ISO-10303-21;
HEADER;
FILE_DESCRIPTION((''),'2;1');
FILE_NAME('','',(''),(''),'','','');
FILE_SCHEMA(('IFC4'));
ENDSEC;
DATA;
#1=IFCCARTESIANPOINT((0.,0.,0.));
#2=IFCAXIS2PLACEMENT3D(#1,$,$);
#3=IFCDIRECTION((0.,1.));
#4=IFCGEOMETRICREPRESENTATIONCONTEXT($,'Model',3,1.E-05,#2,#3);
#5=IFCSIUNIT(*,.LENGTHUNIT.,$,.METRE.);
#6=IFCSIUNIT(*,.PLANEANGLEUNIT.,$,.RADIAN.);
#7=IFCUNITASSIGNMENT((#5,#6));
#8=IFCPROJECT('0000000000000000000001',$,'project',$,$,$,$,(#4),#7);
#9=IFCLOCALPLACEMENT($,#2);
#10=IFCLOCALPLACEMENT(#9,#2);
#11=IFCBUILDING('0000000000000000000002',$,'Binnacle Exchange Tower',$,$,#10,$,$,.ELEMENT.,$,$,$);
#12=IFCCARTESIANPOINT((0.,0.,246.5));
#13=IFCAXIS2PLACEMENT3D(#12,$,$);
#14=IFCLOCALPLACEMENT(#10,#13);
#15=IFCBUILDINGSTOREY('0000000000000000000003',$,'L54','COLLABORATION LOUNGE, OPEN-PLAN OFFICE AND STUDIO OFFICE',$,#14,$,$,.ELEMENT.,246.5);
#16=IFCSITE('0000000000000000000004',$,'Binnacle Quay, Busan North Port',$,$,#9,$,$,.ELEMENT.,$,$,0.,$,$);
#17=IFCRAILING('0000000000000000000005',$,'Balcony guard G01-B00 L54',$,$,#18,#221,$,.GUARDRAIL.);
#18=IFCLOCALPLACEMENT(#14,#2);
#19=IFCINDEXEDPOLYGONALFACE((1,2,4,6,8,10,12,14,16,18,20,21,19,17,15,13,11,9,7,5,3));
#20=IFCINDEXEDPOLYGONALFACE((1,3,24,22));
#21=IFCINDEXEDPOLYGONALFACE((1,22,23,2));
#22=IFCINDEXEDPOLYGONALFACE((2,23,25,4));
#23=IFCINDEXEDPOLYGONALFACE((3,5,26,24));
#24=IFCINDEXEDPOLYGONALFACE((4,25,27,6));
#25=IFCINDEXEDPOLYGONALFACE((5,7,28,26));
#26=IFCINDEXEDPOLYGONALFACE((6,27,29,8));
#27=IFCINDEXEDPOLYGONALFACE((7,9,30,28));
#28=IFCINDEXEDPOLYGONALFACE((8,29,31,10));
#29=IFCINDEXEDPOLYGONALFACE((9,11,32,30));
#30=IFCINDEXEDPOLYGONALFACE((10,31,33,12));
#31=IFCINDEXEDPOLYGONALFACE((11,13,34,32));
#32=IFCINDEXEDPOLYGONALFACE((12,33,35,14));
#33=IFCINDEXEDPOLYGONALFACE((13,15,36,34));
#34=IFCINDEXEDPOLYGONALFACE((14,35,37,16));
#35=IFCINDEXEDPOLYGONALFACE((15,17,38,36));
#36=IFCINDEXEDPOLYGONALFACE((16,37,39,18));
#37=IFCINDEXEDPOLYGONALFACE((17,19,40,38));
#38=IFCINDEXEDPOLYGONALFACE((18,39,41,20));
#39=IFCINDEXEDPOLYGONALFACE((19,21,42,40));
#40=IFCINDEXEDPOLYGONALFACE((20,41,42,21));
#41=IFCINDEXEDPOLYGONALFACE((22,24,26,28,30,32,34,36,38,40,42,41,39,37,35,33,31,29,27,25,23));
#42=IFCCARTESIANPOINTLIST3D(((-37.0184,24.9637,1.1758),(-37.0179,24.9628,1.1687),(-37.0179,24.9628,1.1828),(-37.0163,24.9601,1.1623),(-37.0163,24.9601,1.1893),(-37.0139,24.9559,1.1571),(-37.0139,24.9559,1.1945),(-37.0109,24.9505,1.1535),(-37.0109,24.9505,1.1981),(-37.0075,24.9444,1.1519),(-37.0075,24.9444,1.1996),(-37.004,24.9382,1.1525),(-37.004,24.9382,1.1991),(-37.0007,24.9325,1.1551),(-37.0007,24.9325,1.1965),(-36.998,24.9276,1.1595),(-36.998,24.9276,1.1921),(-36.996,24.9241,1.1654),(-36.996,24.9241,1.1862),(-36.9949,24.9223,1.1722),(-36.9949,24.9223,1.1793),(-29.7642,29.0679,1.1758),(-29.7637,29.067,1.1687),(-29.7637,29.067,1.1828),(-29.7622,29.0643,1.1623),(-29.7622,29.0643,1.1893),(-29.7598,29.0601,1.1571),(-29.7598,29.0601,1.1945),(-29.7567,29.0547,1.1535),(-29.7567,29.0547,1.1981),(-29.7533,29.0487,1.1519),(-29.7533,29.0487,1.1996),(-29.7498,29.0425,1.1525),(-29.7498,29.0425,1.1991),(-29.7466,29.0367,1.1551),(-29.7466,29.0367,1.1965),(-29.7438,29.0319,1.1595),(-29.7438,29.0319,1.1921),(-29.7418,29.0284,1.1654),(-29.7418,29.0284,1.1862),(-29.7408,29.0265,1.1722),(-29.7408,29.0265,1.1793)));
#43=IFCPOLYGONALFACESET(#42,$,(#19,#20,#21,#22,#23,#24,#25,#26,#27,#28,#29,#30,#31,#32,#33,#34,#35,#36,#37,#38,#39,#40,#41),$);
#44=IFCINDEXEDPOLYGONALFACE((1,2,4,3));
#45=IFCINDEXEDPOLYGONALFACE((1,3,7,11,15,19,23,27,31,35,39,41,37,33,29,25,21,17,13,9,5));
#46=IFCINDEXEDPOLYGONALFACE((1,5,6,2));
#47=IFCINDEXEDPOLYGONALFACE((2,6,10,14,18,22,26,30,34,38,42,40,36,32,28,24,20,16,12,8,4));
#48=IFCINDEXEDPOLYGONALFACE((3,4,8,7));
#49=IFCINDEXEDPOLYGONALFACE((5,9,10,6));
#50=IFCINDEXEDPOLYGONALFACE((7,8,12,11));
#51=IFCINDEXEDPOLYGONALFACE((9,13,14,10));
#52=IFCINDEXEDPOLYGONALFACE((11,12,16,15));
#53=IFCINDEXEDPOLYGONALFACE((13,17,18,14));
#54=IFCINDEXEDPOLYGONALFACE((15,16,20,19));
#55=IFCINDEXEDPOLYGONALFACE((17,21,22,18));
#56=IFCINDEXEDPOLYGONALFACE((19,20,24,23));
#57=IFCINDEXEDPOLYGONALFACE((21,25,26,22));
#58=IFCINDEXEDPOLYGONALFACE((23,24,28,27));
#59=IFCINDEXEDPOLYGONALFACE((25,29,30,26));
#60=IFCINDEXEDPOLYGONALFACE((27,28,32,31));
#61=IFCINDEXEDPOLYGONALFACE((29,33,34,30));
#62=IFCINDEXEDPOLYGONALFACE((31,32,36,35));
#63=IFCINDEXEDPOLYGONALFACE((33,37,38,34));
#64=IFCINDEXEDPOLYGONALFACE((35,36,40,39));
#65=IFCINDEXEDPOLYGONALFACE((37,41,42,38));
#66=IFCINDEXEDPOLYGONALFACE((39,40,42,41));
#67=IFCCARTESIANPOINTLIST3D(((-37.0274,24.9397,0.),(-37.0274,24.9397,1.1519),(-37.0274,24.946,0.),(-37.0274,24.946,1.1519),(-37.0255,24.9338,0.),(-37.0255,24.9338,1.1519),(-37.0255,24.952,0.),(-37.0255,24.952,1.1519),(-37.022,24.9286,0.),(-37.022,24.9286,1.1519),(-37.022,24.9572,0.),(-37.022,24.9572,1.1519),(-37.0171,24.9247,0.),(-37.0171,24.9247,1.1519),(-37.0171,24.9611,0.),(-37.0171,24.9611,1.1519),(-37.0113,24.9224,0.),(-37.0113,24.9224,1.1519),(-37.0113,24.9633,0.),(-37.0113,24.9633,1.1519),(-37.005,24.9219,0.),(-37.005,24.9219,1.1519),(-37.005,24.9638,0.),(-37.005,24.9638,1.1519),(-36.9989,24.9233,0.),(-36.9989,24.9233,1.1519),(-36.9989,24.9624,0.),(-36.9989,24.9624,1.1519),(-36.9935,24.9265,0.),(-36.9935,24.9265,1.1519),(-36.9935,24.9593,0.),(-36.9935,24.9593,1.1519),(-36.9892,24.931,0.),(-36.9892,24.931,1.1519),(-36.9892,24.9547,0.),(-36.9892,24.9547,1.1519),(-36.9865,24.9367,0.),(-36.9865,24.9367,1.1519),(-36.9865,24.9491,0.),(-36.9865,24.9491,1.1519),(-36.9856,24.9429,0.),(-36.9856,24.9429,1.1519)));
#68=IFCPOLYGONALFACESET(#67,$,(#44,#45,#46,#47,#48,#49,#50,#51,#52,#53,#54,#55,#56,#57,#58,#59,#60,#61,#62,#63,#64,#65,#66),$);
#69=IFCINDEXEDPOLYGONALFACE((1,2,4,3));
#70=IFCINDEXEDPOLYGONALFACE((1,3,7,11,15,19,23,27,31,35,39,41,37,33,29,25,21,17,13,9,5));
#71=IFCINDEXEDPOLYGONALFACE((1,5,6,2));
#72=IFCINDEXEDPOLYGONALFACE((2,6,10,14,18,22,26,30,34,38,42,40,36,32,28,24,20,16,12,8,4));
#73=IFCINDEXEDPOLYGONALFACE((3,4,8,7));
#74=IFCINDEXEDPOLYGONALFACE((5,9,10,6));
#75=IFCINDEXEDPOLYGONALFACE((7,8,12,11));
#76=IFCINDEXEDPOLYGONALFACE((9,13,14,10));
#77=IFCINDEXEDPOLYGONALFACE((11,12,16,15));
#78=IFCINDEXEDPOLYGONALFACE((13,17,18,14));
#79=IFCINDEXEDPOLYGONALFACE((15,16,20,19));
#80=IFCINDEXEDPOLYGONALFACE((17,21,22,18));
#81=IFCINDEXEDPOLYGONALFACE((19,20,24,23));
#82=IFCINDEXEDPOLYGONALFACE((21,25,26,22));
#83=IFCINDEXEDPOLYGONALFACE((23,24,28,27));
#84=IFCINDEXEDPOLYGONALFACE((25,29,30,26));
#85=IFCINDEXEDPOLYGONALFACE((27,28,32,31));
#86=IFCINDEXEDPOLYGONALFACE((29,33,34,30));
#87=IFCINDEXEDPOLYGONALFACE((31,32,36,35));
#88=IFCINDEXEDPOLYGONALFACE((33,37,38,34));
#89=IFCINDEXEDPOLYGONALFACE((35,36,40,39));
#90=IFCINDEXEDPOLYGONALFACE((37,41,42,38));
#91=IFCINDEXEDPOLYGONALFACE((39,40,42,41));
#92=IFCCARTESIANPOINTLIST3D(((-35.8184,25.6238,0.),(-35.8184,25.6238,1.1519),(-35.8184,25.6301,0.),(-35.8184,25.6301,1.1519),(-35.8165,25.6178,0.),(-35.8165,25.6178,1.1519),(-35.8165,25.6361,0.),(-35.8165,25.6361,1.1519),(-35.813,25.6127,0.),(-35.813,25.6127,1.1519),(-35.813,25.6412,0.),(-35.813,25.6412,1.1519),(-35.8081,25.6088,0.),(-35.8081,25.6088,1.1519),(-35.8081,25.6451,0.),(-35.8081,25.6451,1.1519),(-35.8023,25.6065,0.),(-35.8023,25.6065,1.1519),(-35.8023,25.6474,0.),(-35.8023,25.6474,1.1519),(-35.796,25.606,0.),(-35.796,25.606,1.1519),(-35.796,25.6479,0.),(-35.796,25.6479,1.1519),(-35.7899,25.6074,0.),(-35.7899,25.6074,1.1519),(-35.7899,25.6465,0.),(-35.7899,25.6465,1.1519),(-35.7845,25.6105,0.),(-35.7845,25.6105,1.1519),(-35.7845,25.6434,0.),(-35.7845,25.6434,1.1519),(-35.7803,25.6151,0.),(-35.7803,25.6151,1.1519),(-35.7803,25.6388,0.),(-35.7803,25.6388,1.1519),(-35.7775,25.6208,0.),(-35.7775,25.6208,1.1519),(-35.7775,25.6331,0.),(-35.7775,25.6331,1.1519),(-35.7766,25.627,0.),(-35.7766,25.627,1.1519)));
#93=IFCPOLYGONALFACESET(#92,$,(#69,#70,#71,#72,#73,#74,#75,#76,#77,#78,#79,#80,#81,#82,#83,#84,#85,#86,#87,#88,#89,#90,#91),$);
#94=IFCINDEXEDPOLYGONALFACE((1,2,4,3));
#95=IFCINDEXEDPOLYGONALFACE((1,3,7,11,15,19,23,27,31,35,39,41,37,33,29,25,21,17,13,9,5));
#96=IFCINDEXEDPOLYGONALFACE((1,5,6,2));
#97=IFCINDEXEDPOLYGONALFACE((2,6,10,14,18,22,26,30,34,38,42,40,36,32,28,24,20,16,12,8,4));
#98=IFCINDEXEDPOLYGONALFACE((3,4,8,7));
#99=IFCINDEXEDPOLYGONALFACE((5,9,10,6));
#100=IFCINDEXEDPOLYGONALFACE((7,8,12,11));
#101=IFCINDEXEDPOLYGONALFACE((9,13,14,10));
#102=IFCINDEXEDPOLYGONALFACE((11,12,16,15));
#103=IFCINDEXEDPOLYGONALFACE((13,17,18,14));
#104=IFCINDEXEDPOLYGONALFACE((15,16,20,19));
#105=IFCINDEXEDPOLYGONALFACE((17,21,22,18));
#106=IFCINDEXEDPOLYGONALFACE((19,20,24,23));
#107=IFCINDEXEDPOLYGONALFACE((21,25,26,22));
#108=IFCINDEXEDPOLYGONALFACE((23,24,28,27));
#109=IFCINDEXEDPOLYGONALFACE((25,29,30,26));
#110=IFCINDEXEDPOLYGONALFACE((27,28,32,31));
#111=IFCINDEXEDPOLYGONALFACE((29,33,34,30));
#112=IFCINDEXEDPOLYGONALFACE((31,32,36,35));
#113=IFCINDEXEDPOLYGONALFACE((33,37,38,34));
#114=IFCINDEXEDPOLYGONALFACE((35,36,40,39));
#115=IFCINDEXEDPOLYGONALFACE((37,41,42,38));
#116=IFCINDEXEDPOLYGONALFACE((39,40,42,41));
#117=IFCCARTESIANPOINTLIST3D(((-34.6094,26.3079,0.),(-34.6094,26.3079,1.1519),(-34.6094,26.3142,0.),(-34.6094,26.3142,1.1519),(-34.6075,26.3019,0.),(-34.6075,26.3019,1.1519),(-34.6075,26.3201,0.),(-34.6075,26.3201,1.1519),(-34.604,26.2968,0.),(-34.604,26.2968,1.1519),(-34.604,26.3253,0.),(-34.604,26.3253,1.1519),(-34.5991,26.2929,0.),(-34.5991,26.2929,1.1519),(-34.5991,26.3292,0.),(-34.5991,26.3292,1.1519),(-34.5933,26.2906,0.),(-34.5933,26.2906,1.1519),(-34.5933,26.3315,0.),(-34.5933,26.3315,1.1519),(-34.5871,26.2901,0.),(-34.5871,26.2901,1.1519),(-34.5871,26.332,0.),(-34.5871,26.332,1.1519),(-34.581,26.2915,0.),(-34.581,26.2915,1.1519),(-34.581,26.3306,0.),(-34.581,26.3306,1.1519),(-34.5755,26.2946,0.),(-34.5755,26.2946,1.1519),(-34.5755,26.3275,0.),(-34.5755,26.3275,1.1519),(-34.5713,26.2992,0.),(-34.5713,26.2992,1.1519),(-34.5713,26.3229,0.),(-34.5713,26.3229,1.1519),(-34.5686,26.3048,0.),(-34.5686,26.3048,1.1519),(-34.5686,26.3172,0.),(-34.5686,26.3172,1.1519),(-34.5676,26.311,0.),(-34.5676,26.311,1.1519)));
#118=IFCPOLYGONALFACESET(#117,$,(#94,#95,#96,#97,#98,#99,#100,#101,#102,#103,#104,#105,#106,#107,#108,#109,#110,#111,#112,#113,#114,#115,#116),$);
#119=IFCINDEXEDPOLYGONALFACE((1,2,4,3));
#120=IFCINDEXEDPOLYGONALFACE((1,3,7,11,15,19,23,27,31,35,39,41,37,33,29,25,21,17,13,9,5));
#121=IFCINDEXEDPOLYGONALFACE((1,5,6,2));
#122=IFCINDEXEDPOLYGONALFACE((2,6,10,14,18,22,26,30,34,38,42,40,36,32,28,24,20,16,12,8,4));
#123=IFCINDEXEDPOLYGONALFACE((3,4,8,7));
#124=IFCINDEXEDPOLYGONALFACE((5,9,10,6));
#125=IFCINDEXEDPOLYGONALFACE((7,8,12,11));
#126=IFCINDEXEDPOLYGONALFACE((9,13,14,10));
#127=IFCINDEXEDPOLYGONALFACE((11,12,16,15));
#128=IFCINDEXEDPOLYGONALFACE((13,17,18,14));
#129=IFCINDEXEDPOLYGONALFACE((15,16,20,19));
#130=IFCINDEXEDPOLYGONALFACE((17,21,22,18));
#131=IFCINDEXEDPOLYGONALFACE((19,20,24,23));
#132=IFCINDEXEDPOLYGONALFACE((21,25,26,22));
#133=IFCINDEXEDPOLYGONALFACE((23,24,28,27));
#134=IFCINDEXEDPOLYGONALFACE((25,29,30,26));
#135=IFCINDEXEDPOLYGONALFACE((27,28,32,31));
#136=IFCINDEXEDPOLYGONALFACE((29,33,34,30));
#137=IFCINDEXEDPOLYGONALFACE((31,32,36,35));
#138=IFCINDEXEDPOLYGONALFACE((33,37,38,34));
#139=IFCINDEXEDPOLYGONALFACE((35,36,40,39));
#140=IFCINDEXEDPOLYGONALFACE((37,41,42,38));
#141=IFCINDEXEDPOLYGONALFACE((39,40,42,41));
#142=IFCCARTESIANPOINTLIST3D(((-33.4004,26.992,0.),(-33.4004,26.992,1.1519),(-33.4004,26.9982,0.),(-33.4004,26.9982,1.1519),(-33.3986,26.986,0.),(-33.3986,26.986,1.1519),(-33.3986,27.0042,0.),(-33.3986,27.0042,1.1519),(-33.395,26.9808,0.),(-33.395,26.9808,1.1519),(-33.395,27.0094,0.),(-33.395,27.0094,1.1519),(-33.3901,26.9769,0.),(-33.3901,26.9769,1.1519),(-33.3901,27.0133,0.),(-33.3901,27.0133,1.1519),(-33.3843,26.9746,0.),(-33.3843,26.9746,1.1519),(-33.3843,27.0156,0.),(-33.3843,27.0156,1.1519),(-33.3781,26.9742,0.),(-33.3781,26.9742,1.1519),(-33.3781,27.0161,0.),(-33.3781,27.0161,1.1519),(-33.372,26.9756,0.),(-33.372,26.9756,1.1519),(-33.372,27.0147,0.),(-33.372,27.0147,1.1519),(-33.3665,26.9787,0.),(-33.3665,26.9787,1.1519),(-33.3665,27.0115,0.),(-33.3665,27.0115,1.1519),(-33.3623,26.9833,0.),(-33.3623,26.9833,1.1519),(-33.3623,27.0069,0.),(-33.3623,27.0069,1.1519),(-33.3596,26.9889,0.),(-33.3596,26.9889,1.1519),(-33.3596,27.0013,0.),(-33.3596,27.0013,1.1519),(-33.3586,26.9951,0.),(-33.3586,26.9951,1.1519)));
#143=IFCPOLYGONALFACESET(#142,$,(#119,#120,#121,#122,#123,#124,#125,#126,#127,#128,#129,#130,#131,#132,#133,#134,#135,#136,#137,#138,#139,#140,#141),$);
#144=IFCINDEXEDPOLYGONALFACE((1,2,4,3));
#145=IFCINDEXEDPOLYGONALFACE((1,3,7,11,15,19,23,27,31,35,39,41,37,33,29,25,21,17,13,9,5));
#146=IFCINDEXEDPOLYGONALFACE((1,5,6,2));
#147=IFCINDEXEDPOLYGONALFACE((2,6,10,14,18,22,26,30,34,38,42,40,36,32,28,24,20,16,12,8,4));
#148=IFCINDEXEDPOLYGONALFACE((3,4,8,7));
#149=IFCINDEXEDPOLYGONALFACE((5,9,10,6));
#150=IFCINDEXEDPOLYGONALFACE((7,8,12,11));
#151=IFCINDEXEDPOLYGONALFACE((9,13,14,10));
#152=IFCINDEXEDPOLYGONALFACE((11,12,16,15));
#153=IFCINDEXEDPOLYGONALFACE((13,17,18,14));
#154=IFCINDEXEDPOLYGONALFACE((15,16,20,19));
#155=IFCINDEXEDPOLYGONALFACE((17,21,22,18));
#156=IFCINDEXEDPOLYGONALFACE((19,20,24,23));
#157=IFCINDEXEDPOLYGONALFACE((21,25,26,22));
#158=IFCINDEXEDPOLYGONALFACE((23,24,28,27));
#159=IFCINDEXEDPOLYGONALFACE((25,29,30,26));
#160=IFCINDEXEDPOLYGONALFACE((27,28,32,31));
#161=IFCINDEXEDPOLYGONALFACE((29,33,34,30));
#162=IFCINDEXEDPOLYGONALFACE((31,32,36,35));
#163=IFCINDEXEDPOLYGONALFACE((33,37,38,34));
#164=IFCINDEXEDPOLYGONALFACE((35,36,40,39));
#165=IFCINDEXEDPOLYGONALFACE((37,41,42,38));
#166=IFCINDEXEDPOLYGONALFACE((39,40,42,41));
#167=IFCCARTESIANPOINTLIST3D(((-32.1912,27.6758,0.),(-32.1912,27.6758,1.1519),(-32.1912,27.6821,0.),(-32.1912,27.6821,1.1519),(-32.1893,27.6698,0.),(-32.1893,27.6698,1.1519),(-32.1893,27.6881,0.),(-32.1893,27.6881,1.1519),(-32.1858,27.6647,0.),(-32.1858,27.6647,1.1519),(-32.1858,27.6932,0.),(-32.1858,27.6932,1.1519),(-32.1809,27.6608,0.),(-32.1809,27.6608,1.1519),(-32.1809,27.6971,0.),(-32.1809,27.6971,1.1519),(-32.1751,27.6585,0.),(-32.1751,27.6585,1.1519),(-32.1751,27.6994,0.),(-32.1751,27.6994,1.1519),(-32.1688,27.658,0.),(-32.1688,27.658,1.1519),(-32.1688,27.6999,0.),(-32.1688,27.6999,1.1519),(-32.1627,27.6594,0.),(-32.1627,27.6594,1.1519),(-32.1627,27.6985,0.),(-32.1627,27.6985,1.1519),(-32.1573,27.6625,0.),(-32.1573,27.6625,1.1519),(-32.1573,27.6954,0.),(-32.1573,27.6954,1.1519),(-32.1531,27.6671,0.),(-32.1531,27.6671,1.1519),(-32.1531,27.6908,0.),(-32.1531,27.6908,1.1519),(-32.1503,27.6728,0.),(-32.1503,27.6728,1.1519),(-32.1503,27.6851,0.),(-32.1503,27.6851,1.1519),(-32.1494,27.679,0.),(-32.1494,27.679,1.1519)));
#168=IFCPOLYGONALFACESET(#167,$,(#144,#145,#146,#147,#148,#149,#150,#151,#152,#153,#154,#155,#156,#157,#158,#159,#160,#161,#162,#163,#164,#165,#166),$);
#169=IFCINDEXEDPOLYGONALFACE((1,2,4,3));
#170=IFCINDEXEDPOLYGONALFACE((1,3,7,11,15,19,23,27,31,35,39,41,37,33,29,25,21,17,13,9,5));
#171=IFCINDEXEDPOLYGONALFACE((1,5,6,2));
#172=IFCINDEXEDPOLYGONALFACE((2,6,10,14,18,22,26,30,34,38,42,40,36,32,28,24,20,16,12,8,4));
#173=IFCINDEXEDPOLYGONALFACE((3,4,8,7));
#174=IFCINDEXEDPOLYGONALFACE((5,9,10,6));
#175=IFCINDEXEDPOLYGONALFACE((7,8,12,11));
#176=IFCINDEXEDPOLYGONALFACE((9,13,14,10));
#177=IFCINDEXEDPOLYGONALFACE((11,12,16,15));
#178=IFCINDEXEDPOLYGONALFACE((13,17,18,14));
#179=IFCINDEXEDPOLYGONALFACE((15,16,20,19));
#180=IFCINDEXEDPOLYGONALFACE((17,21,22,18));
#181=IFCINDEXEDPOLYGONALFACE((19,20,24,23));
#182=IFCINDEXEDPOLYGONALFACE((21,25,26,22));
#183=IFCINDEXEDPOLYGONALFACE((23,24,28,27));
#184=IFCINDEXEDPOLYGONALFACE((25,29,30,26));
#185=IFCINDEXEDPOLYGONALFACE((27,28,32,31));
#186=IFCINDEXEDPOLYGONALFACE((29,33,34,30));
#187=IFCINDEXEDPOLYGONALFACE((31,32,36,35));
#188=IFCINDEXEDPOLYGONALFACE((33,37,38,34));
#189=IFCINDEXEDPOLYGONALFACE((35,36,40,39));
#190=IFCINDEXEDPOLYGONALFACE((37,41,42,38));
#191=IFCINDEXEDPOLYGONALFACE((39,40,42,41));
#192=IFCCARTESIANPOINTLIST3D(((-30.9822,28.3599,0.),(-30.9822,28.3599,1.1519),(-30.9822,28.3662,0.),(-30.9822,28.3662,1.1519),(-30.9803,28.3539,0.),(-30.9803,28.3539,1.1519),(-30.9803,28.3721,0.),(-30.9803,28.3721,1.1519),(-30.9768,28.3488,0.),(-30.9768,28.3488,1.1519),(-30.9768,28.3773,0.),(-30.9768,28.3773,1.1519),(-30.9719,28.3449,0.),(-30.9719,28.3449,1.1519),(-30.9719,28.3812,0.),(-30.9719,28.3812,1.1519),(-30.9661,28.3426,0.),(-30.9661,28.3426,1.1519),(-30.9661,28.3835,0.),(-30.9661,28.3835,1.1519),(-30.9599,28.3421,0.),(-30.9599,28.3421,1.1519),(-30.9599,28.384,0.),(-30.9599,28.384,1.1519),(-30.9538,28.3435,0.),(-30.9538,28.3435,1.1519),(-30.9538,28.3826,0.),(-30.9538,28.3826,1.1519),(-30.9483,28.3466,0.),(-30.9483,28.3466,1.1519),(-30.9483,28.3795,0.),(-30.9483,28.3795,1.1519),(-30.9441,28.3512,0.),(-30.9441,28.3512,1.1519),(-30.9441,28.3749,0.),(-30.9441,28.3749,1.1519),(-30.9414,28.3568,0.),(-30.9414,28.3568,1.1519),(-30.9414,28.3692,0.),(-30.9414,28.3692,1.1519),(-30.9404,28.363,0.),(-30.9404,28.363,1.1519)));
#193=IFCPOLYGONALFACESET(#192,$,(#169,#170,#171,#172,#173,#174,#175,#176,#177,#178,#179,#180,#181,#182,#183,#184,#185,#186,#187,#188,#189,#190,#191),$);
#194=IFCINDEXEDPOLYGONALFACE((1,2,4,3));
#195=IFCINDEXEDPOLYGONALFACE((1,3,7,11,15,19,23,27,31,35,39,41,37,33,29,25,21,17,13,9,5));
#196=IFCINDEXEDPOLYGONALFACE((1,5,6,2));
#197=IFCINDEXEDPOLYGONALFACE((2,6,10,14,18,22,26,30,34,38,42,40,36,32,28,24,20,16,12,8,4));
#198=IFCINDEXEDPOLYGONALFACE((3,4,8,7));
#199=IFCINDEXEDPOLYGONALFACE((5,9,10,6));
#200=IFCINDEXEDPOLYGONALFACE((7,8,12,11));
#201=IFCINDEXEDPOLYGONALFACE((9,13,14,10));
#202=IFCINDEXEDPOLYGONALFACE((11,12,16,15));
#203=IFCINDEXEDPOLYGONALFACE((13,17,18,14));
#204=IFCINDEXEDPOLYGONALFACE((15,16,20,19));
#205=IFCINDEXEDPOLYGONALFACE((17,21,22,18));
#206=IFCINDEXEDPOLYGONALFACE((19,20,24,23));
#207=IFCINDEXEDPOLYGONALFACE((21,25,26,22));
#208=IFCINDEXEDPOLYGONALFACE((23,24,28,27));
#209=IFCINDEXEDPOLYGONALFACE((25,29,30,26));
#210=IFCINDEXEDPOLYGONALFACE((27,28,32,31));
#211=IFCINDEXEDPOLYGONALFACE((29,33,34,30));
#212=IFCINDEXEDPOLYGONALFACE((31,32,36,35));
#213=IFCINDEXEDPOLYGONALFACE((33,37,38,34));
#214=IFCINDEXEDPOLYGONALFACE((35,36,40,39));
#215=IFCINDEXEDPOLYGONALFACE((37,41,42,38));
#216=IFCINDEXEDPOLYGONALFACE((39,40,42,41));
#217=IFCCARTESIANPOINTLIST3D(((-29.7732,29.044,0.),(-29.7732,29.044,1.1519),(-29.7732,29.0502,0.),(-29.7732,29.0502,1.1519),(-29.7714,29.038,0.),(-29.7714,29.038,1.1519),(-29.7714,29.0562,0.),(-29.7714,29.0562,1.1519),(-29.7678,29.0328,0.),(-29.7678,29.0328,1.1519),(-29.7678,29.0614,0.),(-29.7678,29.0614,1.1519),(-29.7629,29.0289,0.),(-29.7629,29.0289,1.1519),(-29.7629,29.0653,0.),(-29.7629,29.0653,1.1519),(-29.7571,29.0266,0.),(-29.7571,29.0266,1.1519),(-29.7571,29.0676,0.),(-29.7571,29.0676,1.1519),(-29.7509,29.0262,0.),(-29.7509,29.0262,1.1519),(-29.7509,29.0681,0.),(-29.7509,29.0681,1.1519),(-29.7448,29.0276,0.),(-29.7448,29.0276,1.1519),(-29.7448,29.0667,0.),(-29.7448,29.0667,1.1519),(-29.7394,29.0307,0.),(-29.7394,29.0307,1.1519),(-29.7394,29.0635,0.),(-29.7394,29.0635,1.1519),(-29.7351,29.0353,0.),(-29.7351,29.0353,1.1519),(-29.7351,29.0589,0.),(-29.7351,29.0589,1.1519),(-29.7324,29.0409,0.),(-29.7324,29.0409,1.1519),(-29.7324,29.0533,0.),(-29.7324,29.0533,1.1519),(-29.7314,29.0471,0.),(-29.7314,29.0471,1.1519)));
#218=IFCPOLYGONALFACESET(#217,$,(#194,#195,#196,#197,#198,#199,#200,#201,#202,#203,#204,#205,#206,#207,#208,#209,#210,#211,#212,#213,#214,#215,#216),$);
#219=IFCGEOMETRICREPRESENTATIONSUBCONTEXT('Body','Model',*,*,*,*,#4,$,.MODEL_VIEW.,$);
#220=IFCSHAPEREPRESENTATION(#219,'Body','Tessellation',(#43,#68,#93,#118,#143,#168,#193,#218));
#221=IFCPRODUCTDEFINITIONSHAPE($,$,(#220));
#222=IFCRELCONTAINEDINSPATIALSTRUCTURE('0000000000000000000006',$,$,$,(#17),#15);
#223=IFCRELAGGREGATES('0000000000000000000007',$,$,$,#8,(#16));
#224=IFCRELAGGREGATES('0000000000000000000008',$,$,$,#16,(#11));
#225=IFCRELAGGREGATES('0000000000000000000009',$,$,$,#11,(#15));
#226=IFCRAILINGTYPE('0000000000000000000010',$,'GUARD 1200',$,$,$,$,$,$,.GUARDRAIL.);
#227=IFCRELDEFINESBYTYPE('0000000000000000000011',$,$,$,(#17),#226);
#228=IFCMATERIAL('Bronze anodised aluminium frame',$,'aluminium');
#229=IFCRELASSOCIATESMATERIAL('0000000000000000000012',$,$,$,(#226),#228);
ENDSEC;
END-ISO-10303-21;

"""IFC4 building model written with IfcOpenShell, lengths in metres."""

from ifc_helpers import new_model, si_unit, direction, frame, origin, origin_2d, place, context, subcontext, project, spatial, circle, extrude, material, type_object, element, save


model = new_model("IFC4")

# Units and contexts
model_context = context("Model", 3, precision=1e-05, world=origin(), true_north=direction((0.0, 1.0)))
body_context = subcontext(model_context, "Body", "Model", "MODEL_VIEW")
ifc_project = project(units=[si_unit("LENGTHUNIT", "METRE"), si_unit("PLANEANGLEUNIT", "RADIAN")], contexts=[model_context])

# Site, building, storey
site_placement = place(None, origin())
site = spatial("IfcSite", under=ifc_project, at=site_placement, Name="Binnacle Quay, Busan North Port", CompositionType="ELEMENT", RefElevation=0.0)
building_placement = place(site_placement, origin())
building = spatial("IfcBuilding", under=site, at=building_placement, Name="Binnacle Exchange Tower", CompositionType="ELEMENT")
storey_placement = place(building_placement, frame((0.0, 0.0, 246.5)))
storey = spatial("IfcBuildingStorey", under=building, at=storey_placement, Name="L54", Description="COLLABORATION LOUNGE, OPEN-PLAN OFFICE AND STUDIO OFFICE", CompositionType="ELEMENT", Elevation=246.5)

# Railing
ifc_material_1 = material(Name="Bronze anodised aluminium frame", Category="aluminium")
railing_type_1 = type_object("IfcRailingType", Name="GUARD 1200", PredefinedType="GUARDRAIL", material=ifc_material_1)
railing_1_placement = place(storey_placement, frame((-37.0066, 24.9429, 0.0)))
element("IfcRailing", 1, at=railing_1_placement, inside=storey, type_object=railing_type_1, Name="Balcony guard G01-B00 L54", PredefinedType="GUARDRAIL", context=body_context, shape_type="SweptSolid", body=[
    extrude(circle(Radius=0.0239, at=origin_2d()), frame((0.0, 0.0, 1.1758), z_axis=(0.870353, 0.492428, 0.0), x_axis=(-0.492428, 0.870353, 0.0)), (0.0, 0.0, 1.0), 8.3347),
    extrude(circle(Radius=0.021, at=origin_2d()), origin(), (0.0, 0.0, 1.0), 1.1519),
    extrude(circle(Radius=0.021, at=origin_2d()), frame((1.209, 0.6841, 0.0)), (0.0, 0.0, 1.0), 1.1519),
    extrude(circle(Radius=0.021, at=origin_2d()), frame((2.418, 1.3682, 0.0)), (0.0, 0.0, 1.0), 1.1519),
    extrude(circle(Radius=0.021, at=origin_2d()), frame((3.627, 2.0522, 0.0)), (0.0, 0.0, 1.0), 1.1519),
    extrude(circle(Radius=0.021, at=origin_2d()), frame((4.8362, 2.7361, 0.0)), (0.0, 0.0, 1.0), 1.1519),
    extrude(circle(Radius=0.021, at=origin_2d()), frame((6.0452, 3.4202, 0.0)), (0.0, 0.0, 1.0), 1.1519),
    extrude(circle(Radius=0.021, at=origin_2d()), frame((7.2542, 4.1042, 0.0)), (0.0, 0.0, 1.0), 1.1519),
])

save(model, "model.ifc")
